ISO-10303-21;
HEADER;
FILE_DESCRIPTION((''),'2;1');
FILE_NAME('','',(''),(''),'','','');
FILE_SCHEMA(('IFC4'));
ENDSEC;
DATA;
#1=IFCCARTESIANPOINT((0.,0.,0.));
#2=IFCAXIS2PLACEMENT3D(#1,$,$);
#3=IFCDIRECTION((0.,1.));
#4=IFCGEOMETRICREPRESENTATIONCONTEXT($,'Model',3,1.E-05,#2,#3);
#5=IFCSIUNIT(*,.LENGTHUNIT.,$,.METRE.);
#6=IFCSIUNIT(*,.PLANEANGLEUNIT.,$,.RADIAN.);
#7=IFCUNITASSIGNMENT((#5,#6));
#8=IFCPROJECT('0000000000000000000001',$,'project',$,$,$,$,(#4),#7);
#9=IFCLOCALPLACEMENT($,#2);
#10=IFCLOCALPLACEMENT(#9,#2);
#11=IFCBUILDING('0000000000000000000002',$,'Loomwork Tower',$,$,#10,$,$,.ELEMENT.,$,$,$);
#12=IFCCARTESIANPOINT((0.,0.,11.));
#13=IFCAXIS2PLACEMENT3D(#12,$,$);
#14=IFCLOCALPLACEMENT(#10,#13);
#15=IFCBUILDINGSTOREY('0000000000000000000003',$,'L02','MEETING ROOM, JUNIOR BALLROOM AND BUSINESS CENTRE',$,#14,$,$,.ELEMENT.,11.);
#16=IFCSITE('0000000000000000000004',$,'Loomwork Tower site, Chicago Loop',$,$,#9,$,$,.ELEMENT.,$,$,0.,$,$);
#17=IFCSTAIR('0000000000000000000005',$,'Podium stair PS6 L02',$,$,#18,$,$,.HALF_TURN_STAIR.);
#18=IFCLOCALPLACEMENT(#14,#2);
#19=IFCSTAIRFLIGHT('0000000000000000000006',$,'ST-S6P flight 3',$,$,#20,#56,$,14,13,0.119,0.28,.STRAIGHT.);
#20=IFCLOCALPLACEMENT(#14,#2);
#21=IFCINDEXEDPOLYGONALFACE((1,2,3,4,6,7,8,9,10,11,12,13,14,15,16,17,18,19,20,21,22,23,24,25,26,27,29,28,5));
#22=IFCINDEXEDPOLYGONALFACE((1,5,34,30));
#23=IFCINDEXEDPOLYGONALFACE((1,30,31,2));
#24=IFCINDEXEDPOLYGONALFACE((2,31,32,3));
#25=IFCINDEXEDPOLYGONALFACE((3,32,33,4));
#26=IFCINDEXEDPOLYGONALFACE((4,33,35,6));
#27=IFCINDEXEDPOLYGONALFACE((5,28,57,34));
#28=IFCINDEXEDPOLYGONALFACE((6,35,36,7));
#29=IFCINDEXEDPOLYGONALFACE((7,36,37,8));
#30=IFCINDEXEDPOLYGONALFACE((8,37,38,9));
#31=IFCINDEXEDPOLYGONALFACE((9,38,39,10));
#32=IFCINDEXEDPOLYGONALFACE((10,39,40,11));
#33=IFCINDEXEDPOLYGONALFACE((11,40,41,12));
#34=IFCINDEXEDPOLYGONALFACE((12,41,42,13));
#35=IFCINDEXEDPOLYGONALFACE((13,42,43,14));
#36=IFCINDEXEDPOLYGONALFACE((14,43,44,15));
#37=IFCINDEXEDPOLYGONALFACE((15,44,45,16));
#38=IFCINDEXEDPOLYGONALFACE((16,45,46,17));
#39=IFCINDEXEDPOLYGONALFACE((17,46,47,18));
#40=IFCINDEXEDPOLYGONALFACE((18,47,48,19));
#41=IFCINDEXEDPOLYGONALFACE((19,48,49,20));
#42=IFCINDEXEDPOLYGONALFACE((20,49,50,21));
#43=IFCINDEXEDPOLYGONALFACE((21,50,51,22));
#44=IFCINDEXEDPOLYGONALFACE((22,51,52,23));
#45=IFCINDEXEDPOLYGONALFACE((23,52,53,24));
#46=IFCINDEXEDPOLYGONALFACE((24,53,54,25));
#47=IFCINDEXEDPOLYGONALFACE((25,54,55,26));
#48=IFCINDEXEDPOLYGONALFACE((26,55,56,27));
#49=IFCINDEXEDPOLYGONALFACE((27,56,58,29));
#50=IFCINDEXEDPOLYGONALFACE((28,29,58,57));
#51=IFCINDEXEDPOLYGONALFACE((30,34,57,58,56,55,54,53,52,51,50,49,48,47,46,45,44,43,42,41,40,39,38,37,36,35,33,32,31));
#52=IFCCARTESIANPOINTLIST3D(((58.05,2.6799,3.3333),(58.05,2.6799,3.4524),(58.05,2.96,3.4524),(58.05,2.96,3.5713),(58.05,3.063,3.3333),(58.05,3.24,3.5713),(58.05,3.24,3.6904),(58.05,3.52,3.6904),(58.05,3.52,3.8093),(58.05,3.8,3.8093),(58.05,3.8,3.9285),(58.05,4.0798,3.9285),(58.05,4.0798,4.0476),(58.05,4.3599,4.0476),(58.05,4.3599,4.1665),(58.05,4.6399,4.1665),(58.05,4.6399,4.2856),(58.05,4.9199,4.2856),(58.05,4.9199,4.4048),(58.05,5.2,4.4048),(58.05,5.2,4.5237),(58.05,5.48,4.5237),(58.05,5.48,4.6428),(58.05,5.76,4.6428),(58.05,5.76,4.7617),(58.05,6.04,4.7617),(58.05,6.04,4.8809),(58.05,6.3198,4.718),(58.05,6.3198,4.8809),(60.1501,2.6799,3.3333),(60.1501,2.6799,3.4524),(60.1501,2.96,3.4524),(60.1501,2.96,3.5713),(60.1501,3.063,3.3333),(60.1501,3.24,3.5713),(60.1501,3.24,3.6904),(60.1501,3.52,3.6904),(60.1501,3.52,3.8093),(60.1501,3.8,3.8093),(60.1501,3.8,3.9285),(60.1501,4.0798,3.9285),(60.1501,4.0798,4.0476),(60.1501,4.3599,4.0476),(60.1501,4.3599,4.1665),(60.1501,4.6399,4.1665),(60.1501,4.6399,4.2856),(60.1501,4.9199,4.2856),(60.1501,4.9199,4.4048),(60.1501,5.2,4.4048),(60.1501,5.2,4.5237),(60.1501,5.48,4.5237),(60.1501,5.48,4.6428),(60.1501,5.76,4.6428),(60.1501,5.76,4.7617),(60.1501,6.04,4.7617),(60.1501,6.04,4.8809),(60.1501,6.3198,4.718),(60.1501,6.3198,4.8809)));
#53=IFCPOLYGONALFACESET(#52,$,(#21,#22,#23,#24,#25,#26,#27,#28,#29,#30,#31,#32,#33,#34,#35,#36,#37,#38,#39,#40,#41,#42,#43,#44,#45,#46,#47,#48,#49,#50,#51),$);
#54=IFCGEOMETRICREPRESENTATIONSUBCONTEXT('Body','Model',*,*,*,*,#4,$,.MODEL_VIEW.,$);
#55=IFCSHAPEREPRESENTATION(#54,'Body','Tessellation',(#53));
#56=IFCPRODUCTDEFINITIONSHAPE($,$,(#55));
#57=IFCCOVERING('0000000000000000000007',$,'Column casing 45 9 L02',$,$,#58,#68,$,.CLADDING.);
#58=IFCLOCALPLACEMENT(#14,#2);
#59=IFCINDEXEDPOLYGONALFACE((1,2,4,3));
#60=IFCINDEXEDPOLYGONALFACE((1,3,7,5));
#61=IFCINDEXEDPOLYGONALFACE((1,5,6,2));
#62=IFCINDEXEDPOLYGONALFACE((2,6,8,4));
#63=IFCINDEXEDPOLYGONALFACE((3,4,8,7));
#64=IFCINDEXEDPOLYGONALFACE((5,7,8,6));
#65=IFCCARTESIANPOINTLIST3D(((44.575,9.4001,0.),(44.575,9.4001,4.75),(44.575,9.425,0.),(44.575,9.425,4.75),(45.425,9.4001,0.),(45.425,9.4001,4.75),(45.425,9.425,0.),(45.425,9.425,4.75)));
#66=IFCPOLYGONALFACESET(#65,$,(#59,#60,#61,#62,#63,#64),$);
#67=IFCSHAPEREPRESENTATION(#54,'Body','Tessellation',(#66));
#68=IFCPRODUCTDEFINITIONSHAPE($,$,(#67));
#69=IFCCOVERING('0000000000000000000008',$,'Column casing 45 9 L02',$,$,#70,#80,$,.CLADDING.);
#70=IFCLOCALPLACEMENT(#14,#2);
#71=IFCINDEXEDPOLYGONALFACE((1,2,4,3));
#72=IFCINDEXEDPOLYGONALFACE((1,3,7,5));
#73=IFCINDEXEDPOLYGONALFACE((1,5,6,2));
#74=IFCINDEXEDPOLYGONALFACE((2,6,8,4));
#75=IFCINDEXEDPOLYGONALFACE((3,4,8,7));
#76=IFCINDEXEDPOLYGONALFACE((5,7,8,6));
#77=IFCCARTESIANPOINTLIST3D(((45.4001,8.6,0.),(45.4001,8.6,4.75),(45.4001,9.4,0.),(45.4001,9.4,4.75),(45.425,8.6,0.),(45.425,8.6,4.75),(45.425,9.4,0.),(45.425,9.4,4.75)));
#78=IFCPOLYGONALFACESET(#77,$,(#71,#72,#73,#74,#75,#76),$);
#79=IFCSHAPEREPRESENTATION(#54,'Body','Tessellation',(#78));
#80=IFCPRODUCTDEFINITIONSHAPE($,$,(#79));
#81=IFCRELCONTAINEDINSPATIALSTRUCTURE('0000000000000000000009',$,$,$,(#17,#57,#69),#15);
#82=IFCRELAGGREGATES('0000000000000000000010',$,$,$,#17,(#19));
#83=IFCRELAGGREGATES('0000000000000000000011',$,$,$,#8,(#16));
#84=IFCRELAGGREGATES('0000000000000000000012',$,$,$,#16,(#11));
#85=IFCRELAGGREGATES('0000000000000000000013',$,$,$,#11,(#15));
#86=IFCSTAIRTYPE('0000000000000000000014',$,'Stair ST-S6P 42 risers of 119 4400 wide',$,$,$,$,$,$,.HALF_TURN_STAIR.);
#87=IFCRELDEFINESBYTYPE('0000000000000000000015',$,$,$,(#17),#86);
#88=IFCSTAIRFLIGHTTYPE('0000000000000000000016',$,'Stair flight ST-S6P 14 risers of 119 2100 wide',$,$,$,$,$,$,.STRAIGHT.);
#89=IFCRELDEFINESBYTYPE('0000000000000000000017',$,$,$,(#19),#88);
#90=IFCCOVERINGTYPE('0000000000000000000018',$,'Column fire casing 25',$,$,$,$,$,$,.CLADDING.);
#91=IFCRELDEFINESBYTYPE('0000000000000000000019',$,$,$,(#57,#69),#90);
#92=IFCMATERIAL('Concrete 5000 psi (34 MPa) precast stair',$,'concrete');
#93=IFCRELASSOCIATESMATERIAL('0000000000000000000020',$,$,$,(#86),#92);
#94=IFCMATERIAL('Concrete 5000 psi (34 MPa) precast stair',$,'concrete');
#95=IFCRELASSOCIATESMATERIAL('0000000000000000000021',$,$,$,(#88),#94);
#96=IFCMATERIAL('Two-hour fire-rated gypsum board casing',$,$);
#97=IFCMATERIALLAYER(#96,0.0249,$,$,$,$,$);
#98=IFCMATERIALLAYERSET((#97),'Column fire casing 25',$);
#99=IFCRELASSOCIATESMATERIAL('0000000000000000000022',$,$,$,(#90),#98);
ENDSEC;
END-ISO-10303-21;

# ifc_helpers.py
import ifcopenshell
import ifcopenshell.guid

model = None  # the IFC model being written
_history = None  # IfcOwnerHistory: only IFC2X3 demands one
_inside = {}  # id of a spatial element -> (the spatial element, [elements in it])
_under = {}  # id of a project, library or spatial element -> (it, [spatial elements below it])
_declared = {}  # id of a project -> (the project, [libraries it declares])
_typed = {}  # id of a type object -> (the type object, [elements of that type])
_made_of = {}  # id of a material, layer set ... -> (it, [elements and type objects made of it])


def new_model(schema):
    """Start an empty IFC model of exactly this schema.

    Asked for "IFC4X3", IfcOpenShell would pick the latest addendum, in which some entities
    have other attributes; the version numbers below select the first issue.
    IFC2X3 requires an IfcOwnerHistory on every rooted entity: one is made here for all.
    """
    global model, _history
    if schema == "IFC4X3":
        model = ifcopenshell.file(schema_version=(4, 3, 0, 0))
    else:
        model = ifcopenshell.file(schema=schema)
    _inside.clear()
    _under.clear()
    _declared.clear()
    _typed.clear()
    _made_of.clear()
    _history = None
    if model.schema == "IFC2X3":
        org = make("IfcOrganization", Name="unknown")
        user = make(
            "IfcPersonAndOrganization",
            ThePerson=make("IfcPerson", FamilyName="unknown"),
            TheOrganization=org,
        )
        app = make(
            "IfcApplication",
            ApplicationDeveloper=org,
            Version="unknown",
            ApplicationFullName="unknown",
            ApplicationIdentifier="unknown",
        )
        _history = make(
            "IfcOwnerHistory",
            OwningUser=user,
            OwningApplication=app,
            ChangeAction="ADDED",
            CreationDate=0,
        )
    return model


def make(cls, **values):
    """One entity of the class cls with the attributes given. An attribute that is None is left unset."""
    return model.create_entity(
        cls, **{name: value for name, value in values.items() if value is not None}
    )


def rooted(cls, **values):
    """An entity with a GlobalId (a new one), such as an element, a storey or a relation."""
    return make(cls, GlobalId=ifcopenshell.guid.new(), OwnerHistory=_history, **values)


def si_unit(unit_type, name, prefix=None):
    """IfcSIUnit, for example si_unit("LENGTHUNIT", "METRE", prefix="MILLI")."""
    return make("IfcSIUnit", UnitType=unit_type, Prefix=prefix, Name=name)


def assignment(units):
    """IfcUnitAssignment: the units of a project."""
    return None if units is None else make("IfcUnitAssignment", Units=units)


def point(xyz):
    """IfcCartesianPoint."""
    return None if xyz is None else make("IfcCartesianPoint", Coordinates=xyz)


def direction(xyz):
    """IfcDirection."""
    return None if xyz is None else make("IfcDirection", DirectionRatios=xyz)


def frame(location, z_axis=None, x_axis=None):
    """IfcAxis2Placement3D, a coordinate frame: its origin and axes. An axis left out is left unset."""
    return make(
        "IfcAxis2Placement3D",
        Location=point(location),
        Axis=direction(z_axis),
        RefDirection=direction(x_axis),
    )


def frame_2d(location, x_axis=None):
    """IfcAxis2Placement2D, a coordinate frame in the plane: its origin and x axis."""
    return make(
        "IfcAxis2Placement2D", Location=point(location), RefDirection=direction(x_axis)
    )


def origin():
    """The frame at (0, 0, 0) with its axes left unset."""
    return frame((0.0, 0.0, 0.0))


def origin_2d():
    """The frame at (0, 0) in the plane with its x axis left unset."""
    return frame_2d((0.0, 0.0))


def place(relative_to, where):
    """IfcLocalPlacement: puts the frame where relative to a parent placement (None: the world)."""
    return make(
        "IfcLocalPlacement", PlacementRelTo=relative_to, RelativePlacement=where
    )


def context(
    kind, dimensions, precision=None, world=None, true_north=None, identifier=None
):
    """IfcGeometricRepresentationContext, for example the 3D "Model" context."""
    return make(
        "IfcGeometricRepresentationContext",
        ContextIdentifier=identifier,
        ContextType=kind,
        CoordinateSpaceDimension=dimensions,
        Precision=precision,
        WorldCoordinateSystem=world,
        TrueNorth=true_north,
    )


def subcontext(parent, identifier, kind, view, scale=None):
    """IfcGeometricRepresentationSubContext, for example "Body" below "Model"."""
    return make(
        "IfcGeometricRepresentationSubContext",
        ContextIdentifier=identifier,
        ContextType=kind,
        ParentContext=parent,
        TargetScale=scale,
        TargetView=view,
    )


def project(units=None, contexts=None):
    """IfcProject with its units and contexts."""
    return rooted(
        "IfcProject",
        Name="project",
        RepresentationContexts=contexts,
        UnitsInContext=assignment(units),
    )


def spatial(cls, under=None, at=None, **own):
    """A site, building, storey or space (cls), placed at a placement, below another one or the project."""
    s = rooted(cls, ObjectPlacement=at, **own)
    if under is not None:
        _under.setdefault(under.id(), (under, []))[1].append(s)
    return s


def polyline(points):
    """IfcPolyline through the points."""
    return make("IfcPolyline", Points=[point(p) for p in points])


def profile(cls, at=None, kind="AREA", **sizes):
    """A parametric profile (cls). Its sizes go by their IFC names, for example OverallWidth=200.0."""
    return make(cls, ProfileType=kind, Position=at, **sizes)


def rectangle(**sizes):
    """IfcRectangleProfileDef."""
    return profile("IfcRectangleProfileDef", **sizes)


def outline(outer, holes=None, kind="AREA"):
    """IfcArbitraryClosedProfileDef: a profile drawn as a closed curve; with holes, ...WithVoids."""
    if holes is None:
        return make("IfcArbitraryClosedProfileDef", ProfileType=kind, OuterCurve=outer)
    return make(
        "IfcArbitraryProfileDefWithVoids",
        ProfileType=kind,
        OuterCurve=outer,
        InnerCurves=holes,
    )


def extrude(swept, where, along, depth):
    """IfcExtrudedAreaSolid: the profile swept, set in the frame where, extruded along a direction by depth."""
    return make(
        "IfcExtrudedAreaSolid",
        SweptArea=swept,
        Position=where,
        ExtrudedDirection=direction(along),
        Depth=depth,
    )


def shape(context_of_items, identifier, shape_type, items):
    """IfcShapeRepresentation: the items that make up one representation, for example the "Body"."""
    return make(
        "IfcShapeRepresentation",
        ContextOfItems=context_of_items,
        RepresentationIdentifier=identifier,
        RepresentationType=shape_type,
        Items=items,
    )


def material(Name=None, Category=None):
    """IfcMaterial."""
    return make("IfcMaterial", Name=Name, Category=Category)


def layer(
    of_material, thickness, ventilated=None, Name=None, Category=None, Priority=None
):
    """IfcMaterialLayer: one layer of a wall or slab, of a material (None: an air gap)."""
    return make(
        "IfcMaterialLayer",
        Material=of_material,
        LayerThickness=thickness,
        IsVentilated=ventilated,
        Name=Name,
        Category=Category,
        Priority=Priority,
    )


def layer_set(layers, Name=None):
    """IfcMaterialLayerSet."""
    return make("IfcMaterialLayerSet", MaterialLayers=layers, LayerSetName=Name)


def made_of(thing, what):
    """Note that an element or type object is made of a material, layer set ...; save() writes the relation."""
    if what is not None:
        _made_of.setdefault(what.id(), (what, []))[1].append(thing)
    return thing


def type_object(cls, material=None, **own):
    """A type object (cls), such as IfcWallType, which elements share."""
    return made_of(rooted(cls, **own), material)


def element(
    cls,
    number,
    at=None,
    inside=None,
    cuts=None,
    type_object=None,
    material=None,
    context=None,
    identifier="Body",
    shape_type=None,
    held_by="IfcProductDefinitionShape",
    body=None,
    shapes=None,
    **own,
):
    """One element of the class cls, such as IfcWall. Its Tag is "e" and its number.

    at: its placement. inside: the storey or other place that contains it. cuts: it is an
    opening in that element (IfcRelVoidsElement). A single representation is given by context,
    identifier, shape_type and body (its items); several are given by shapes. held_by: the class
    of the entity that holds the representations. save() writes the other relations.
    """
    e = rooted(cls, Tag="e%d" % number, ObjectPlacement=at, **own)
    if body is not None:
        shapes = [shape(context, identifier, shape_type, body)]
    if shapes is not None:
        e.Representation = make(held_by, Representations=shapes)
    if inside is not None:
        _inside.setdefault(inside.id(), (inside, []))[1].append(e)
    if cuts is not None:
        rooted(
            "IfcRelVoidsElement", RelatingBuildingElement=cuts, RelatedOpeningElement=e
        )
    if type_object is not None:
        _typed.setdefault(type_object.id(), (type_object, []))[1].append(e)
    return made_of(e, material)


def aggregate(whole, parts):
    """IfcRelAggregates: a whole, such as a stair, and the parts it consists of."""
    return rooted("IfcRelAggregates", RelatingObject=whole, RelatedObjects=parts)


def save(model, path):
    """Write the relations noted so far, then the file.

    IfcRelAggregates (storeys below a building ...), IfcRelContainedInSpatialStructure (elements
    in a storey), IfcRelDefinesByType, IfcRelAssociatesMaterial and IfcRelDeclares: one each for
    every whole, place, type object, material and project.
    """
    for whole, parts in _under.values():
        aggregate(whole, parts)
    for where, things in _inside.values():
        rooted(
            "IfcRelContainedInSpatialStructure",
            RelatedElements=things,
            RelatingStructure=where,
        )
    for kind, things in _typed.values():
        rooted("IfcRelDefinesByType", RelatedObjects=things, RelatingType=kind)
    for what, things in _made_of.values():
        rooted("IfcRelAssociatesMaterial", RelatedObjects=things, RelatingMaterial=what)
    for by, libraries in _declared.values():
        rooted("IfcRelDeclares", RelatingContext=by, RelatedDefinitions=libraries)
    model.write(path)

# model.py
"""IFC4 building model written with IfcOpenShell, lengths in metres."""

from ifc_helpers import new_model, si_unit, direction, frame, origin, origin_2d, place, context, subcontext, project, spatial, polyline, rectangle, outline, extrude, material, layer, layer_set, type_object, element, aggregate, save


model = new_model("IFC4")

# Units and contexts
model_context = context("Model", 3, precision=1e-05, world=origin(), true_north=direction((0.0, 1.0)))
body_context = subcontext(model_context, "Body", "Model", "MODEL_VIEW")
ifc_project = project(units=[si_unit("LENGTHUNIT", "METRE"), si_unit("PLANEANGLEUNIT", "RADIAN")], contexts=[model_context])

# Site, building, storey
site_placement = place(None, origin())
site = spatial("IfcSite", under=ifc_project, at=site_placement, Name="Loomwork Tower site, Chicago Loop", CompositionType="ELEMENT", RefElevation=0.0)
building_placement = place(site_placement, origin())
building = spatial("IfcBuilding", under=site, at=building_placement, Name="Loomwork Tower", CompositionType="ELEMENT")
storey_placement = place(building_placement, frame((0.0, 0.0, 11.0)))
storey = spatial("IfcBuildingStorey", under=building, at=storey_placement, Name="L02", Description="MEETING ROOM, JUNIOR BALLROOM AND BUSINESS CENTRE", CompositionType="ELEMENT", Elevation=11.0)

# Stair, stair flight
ifc_material_1 = material(Name="Concrete 5000 psi (34 MPa) precast stair", Category="concrete")
stair_type = type_object("IfcStairType", Name="Stair ST-S6P 42 risers of 119 4400 wide", PredefinedType="HALF_TURN_STAIR", material=ifc_material_1)
stair_placement = place(storey_placement, origin())
stair = element("IfcStair", 1, at=stair_placement, inside=storey, type_object=stair_type, Name="Podium stair PS6 L02", PredefinedType="HALF_TURN_STAIR")
ifc_material_2 = material(Name="Concrete 5000 psi (34 MPa) precast stair", Category="concrete")
stair_flight_type = type_object("IfcStairFlightType", Name="Stair flight ST-S6P 14 risers of 119 2100 wide", PredefinedType="STRAIGHT", material=ifc_material_2)
stair_flight_1_placement = place(storey_placement, frame((59.1001, 2.6799, 3.3333), z_axis=(0.0, 0.0, 1.0), x_axis=(0.0, 1.0, 0.0)))
stair_flight_1 = element("IfcStairFlight", 2, at=stair_flight_1_placement, type_object=stair_flight_type, Name="ST-S6P flight 3", NumberOfRisers=14, NumberOfTreads=13, PredefinedType="STRAIGHT", RiserHeight=0.119, TreadLength=0.28, context=body_context, shape_type="SweptSolid", body=[
    extrude(outline(polyline([(0.0, 0.0), (0.0, 0.1191), (0.28, 0.1191), (0.28, 0.238), (0.5601, 0.238), (0.5601, 0.3572), (0.8401, 0.3572), (0.8401, 0.4761), (1.1201, 0.4761), (1.1201, 0.5952), (1.3999, 0.5952), (1.3999, 0.7144), (1.6799, 0.7144), (1.6799, 0.8333), (1.96, 0.8333), (1.96, 0.9524), (2.24, 0.9524), (2.24, 1.0715), (2.52, 1.0715), (2.52, 1.1904), (2.8, 1.1904), (2.8, 1.3096), (3.0801, 1.3096), (3.0801, 1.4285), (3.3601, 1.4285), (3.3601, 1.5476), (3.6399, 1.5476), (3.6399, 1.6667), (3.6399, 1.3848), (0.3831, 0.0), (0.0, 0.0)])), frame((0.0, 1.05, 0.0), z_axis=(0.0, -1.0, 0.0), x_axis=(1.0, 0.0, 0.0)), (0.0, 0.0, 1.0), 2.1001),
])
aggregate(stair, [stair_flight_1])

# Coverings
ifc_material_3 = material(Name="Two-hour fire-rated gypsum board casing")
ifc_layer_1 = layer(ifc_material_3, 0.0249)
ifc_layer_set_1 = layer_set([ifc_layer_1], Name="Column fire casing 25")
covering_type = type_object("IfcCoveringType", Name="Column fire casing 25", PredefinedType="CLADDING", material=ifc_layer_set_1)
covering_1_placement = place(storey_placement, frame((45.0, 9.4126, 0.0), z_axis=(0.0, 0.0, 1.0), x_axis=(1.0, 0.0, 0.0)))
element("IfcCovering", 3, at=covering_1_placement, inside=storey, type_object=covering_type, Name="Column casing 45 9 L02", PredefinedType="CLADDING", context=body_context, shape_type="SweptSolid", body=[
    extrude(rectangle(XDim=0.8501, YDim=0.0249, at=origin_2d()), origin(), (0.0, 0.0, 1.0), 4.75),
])
covering_2_placement = place(storey_placement, frame((45.4126, 9.0, 0.0), z_axis=(0.0, 0.0, 1.0), x_axis=(1.0, 0.0, 0.0)))
element("IfcCovering", 4, at=covering_2_placement, inside=storey, type_object=covering_type, Name="Column casing 45 9 L02", PredefinedType="CLADDING", context=body_context, shape_type="SweptSolid", body=[
    extrude(rectangle(XDim=0.0249, YDim=0.8, at=origin_2d()), origin(), (0.0, 0.0, 1.0), 4.75),
])

save(model, "model.ifc")
